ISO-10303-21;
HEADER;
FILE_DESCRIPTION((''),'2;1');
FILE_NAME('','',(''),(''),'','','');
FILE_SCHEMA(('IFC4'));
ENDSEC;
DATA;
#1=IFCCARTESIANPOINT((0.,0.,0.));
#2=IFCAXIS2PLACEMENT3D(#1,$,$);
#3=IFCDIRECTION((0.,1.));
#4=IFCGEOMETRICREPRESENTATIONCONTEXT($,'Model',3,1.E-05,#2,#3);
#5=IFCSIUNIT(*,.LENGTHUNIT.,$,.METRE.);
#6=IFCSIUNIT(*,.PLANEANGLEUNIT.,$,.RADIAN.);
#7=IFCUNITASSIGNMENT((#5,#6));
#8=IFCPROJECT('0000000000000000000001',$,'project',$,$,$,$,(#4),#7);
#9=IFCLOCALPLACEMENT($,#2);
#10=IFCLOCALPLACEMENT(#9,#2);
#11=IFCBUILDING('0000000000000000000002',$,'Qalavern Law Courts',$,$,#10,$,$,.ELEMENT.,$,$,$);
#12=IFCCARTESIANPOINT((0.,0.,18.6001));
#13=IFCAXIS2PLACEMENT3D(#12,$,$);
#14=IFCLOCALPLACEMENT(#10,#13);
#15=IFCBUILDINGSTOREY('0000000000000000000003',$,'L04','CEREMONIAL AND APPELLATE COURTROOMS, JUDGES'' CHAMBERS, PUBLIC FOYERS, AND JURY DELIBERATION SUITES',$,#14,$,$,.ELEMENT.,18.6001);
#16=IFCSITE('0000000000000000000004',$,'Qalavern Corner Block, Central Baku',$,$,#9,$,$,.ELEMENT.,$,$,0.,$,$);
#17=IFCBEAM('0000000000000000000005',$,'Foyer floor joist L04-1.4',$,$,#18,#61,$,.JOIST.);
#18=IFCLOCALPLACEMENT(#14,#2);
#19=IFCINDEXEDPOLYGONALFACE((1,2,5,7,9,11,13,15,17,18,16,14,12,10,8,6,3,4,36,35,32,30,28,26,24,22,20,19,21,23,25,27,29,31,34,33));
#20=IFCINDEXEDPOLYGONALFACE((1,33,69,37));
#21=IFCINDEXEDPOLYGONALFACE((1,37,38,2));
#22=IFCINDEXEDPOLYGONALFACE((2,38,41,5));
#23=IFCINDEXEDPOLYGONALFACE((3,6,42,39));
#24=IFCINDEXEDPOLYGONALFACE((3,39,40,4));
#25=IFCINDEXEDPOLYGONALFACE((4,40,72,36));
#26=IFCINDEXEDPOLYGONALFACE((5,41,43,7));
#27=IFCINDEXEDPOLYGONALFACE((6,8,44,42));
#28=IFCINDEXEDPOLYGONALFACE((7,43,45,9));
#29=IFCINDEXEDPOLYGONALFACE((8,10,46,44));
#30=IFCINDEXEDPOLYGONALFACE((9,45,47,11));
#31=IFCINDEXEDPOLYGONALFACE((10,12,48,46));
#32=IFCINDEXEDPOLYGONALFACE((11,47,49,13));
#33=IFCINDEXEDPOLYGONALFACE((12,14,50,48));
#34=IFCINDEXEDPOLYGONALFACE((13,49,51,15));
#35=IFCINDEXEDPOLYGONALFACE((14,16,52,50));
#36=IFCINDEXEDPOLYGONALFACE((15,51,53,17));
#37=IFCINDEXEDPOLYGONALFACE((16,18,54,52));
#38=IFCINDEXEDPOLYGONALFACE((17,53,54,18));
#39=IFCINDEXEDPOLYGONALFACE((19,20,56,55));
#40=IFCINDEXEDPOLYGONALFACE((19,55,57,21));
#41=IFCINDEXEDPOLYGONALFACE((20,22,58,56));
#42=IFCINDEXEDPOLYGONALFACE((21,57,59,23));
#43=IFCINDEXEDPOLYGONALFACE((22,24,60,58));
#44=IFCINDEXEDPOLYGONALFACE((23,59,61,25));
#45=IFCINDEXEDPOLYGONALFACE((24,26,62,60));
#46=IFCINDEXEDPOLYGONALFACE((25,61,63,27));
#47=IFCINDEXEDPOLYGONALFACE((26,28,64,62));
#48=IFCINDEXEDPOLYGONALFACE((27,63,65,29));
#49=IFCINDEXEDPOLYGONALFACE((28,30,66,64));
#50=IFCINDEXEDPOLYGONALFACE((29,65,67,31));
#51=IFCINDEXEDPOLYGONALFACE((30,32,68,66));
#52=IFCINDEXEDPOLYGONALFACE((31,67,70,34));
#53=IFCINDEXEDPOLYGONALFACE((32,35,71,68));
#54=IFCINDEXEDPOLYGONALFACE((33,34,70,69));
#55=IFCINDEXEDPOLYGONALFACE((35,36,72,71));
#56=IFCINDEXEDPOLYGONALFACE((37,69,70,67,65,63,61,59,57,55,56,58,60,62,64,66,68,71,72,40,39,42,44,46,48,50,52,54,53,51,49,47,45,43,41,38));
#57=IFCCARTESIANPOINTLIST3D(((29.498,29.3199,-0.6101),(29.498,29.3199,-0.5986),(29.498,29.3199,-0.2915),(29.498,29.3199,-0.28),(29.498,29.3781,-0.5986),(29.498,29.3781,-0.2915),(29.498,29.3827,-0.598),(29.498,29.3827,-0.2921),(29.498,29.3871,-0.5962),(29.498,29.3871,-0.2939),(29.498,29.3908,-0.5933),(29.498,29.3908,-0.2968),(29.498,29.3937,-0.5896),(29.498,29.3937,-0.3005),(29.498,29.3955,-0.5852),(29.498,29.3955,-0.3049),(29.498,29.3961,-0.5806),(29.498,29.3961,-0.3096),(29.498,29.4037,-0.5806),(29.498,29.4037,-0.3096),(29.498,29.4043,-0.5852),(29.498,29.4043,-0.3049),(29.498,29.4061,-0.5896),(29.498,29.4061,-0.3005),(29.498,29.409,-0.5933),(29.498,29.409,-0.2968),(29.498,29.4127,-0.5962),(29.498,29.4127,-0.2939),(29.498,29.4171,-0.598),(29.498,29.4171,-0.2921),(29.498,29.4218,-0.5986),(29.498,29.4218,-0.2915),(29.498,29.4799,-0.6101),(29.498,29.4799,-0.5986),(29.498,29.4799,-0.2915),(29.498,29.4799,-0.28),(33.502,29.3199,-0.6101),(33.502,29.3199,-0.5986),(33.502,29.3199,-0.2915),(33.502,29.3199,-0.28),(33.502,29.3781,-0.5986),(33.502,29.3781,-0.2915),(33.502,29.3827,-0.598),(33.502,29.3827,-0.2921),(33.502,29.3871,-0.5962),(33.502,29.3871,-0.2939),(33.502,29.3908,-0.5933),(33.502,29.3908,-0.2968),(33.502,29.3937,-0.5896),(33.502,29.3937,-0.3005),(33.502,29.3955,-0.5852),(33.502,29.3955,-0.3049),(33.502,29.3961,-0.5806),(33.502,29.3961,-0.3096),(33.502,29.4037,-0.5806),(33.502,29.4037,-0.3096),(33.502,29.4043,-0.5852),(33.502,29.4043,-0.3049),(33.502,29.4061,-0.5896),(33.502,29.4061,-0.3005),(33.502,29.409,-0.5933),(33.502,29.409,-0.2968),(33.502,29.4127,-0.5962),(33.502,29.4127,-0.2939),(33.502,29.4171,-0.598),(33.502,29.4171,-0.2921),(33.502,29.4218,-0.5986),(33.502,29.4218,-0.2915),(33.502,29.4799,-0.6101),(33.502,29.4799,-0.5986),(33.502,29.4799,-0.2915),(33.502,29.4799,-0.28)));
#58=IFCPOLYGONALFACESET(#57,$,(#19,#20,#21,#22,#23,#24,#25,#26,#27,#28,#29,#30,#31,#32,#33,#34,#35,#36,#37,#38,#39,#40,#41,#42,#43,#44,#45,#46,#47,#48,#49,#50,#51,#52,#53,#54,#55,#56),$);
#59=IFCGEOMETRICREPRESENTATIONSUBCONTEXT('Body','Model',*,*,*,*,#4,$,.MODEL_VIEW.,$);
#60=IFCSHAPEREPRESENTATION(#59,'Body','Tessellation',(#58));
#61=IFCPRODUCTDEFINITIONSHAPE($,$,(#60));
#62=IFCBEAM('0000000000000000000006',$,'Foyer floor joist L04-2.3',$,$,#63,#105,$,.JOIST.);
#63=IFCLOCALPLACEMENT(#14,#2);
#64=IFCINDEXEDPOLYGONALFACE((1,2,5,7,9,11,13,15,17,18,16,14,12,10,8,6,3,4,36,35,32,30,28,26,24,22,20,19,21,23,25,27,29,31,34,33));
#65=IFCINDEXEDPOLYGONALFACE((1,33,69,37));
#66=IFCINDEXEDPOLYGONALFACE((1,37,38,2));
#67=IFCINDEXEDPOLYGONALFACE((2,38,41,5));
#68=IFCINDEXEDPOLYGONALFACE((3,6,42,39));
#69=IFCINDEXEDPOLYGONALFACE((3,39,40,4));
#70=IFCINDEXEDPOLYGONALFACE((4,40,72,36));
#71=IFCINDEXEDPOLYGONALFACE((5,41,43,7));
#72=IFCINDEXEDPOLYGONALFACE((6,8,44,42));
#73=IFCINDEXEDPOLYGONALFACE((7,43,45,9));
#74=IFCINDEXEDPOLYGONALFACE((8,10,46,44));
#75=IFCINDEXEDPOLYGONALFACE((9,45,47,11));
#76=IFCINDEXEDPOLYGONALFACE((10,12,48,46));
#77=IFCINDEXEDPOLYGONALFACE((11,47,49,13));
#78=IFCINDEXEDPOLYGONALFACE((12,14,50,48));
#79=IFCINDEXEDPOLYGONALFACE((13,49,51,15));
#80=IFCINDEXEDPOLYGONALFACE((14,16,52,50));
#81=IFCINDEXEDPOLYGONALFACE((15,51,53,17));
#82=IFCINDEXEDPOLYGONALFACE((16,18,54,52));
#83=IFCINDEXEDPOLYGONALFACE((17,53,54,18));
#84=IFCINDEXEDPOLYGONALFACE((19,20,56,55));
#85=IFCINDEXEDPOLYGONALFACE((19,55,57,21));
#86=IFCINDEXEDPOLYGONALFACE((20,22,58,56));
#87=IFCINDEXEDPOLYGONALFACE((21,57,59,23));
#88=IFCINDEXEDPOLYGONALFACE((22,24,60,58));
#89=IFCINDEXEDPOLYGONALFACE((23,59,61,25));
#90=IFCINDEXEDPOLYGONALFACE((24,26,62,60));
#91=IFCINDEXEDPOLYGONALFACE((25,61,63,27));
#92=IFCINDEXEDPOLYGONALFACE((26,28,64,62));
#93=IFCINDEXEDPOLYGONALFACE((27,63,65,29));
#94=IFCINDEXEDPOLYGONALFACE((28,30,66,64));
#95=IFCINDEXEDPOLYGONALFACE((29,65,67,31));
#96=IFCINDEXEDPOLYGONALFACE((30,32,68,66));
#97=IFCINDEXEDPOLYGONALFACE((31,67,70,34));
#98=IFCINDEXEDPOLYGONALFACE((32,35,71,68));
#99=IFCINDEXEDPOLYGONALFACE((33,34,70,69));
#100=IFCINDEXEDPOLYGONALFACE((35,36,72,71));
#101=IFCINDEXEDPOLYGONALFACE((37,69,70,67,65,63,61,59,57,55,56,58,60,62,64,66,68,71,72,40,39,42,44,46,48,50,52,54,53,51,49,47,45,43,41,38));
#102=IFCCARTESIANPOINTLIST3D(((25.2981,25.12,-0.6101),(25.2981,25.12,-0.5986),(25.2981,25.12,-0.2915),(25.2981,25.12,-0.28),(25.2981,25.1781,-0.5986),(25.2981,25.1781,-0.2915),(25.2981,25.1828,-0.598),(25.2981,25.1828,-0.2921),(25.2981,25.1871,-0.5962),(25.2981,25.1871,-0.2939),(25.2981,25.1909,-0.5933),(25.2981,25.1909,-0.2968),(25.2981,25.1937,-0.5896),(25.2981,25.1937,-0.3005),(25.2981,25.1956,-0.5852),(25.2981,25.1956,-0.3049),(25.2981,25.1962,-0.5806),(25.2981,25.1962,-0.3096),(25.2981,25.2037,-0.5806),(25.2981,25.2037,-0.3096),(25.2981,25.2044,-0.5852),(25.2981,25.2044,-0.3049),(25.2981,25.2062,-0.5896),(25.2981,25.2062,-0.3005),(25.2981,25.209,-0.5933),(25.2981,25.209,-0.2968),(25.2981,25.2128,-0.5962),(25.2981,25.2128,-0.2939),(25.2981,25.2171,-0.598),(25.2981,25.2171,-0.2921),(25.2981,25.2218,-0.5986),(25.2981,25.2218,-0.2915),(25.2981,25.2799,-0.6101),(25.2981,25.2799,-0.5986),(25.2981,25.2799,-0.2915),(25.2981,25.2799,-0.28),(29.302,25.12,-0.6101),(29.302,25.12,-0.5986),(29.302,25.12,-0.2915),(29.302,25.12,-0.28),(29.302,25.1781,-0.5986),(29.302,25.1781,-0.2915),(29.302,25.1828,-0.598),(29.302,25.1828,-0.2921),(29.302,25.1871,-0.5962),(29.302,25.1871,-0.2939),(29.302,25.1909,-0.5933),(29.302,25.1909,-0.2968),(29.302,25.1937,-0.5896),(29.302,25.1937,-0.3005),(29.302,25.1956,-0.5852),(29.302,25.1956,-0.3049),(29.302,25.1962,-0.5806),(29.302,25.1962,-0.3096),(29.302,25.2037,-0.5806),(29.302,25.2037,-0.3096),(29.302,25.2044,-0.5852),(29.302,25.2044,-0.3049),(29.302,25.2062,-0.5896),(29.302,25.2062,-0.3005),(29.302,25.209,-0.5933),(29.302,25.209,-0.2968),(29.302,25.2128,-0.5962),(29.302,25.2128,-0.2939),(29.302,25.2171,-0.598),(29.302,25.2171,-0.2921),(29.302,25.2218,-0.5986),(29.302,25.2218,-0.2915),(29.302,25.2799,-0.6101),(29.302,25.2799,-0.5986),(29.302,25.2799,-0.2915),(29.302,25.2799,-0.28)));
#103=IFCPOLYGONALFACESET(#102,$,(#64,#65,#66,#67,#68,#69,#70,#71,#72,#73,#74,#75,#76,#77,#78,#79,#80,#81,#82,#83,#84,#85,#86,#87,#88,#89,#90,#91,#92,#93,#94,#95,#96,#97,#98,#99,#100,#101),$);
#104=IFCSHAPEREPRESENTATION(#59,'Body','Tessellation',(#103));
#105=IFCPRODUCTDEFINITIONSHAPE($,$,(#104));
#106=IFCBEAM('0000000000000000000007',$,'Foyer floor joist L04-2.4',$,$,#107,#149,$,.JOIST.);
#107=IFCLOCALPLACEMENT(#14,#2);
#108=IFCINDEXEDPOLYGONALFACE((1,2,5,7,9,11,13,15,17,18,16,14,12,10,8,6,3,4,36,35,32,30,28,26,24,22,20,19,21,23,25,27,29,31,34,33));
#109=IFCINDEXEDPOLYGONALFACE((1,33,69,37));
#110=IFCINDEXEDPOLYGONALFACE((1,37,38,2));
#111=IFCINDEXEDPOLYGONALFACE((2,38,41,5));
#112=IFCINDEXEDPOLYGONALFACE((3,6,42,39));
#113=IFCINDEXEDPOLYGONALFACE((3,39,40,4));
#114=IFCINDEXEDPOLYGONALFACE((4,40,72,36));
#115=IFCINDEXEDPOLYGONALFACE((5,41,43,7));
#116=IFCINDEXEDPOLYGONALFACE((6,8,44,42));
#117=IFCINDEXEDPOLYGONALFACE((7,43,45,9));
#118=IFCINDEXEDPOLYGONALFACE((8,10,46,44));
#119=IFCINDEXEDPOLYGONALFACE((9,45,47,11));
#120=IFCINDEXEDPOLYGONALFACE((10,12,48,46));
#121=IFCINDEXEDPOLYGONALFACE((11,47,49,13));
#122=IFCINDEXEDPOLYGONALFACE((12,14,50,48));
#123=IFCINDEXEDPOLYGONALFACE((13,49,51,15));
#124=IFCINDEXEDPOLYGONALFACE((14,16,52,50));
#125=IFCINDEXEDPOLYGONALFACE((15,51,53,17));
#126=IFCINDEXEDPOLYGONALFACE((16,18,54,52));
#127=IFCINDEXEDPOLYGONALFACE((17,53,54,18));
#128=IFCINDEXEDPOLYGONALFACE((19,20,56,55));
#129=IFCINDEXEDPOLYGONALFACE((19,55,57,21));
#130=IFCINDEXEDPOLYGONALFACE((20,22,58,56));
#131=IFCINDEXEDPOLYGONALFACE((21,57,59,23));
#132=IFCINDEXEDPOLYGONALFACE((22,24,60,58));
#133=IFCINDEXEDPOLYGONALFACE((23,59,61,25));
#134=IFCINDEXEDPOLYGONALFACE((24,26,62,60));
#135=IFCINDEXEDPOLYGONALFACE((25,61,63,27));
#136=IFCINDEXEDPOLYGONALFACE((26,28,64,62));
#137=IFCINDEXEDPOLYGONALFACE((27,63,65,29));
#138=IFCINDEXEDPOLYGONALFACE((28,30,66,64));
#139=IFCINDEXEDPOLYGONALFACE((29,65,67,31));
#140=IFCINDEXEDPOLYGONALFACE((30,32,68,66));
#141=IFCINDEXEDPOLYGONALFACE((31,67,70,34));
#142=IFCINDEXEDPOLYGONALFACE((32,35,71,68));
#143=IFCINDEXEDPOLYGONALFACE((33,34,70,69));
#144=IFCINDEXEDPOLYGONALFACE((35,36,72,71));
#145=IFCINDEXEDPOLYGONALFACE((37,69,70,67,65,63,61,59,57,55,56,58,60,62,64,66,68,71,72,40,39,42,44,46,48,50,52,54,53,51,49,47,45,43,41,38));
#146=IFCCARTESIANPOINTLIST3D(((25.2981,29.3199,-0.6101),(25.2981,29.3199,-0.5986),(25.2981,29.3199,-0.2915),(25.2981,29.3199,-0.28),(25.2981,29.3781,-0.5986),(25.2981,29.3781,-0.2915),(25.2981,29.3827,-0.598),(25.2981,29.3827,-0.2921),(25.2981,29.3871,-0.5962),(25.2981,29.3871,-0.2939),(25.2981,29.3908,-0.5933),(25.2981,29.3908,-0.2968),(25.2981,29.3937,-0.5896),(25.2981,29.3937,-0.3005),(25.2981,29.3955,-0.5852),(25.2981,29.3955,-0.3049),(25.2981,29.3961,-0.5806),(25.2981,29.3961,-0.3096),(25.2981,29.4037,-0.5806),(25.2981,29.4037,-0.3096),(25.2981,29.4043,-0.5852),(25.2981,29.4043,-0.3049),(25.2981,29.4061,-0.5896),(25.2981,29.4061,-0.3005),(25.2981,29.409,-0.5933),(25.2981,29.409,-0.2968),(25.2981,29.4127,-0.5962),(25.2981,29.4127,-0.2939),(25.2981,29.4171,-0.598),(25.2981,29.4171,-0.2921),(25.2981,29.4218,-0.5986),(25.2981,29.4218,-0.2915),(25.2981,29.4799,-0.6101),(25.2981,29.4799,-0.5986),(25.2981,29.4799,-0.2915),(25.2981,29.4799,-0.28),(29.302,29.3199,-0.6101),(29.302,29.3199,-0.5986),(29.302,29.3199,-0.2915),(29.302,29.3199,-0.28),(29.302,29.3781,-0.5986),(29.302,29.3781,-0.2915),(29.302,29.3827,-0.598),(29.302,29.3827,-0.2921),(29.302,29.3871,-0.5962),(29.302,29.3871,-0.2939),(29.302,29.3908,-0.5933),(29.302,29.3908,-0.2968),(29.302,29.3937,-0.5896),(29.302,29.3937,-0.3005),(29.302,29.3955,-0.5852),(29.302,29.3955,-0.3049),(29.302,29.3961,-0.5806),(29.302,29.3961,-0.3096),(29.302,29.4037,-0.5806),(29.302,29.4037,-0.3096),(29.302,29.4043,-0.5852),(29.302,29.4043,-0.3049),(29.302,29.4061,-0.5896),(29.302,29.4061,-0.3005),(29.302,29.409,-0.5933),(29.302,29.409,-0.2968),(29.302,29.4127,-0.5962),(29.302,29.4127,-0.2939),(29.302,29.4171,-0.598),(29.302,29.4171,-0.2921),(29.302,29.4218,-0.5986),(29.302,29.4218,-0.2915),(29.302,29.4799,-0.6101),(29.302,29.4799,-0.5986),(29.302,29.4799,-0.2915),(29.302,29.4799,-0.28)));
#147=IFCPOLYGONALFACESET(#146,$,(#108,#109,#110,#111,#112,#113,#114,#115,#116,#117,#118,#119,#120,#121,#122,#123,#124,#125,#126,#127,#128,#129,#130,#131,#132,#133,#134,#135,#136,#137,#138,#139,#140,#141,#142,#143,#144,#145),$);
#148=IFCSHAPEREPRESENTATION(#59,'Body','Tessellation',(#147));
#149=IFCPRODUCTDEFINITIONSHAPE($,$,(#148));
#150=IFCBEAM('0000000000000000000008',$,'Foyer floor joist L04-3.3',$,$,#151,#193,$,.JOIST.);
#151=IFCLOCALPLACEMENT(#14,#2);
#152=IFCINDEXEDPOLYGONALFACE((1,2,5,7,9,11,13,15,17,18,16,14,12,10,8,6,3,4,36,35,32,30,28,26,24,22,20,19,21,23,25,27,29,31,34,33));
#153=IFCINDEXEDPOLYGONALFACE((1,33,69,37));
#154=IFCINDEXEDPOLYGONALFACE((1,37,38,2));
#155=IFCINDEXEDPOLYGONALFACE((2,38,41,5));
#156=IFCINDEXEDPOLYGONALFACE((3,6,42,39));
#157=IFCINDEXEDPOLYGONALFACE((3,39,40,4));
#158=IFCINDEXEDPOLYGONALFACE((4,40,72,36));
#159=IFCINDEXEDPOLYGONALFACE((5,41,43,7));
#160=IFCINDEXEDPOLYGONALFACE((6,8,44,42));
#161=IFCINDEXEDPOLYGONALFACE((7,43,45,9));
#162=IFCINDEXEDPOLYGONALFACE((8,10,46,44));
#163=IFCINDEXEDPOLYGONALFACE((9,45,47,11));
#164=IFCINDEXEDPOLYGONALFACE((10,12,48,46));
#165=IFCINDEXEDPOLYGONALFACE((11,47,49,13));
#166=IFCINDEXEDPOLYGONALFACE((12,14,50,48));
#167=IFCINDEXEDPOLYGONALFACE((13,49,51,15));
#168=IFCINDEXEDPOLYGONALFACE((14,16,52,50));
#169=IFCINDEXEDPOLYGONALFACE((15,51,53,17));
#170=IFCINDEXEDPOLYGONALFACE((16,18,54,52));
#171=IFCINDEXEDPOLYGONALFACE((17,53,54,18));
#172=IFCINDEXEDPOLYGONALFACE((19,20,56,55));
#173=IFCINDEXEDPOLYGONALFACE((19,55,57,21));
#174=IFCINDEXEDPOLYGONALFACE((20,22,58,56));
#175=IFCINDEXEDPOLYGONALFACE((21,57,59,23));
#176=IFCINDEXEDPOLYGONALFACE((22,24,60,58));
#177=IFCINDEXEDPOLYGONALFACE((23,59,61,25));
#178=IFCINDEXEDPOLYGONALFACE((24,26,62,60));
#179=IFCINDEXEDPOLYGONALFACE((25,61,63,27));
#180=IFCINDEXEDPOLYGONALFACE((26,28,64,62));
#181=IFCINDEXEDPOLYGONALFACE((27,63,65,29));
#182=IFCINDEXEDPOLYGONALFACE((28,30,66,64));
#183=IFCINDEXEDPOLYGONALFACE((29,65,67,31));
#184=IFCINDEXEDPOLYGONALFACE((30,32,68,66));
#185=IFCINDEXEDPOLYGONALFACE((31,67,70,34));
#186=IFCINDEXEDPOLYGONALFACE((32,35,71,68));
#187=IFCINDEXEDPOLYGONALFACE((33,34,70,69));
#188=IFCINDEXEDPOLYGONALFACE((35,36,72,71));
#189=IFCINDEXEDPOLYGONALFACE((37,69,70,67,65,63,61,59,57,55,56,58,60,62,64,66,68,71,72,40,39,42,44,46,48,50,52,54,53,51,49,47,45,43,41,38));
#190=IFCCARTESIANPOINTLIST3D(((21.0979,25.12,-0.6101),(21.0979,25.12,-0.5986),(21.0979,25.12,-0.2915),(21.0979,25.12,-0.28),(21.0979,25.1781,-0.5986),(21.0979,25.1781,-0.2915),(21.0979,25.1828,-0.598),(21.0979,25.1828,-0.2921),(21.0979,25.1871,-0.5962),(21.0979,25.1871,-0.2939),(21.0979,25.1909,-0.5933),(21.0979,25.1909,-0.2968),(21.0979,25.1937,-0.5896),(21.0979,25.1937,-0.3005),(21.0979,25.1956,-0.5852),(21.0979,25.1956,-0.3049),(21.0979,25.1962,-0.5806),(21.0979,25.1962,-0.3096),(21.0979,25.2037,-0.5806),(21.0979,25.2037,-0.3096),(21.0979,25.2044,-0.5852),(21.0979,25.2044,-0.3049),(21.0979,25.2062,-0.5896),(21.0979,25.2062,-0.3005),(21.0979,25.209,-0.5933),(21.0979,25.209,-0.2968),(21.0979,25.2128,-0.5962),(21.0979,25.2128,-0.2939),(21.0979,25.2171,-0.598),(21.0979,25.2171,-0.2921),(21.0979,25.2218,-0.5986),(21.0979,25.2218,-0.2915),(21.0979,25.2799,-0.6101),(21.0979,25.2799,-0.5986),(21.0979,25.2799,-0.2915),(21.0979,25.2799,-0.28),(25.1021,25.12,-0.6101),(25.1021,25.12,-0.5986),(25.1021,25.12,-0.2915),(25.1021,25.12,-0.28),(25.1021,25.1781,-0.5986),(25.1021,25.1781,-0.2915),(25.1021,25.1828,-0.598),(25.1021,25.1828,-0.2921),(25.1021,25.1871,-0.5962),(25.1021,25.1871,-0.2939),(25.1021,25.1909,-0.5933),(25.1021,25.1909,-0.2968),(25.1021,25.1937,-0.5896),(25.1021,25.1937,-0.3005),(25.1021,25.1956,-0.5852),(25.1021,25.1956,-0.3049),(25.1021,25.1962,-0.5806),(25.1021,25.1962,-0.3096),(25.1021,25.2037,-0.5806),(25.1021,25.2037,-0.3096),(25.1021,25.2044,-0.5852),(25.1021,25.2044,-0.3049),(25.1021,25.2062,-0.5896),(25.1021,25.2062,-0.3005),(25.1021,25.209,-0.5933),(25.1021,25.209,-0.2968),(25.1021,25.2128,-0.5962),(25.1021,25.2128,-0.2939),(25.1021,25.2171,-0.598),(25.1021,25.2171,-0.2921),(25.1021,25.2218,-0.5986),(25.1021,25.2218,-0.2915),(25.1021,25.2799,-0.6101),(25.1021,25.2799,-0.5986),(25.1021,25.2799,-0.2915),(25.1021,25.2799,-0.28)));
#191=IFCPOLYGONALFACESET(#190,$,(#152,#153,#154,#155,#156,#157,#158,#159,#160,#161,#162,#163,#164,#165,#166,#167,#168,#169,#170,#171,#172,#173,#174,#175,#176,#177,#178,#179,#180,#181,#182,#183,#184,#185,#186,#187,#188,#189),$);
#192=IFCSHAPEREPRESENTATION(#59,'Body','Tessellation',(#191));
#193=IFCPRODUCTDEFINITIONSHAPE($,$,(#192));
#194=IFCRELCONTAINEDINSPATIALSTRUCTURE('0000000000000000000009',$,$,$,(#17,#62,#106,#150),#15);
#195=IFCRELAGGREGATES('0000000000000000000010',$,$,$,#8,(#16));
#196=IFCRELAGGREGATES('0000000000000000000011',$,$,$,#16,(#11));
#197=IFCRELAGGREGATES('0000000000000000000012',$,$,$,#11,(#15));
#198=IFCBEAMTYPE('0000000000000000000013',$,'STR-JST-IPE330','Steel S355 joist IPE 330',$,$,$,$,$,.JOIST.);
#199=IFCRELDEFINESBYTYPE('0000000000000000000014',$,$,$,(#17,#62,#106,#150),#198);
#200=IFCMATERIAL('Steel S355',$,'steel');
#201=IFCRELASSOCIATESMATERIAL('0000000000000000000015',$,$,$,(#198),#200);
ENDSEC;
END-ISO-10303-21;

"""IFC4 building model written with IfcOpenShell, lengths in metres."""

from ifc_helpers import new_model, si_unit, direction, frame, origin, origin_2d, place, context, subcontext, project, spatial, i_section, extrude, material, material_profile, profile_set, type_object, element, save


model = new_model("IFC4")

# Units and contexts
model_context = context("Model", 3, precision=1e-05, world=origin(), true_north=direction((0.0, 1.0)))
body_context = subcontext(model_context, "Body", "Model", "MODEL_VIEW")
ifc_project = project(units=[si_unit("LENGTHUNIT", "METRE"), si_unit("PLANEANGLEUNIT", "RADIAN")], contexts=[model_context])

# Site, building, storey
site_placement = place(None, origin())
site = spatial("IfcSite", under=ifc_project, at=site_placement, Name="Qalavern Corner Block, Central Baku", CompositionType="ELEMENT", RefElevation=0.0)
building_placement = place(site_placement, origin())
building = spatial("IfcBuilding", under=site, at=building_placement, Name="Qalavern Law Courts", CompositionType="ELEMENT")
storey_placement = place(building_placement, frame((0.0, 0.0, 18.6001)))
storey = spatial("IfcBuildingStorey", under=building, at=storey_placement, Name="L04", Description="CEREMONIAL AND APPELLATE COURTROOMS, JUDGES' CHAMBERS, PUBLIC FOYERS, AND JURY DELIBERATION SUITES", CompositionType="ELEMENT", Elevation=18.6001)

# Beams
ifc_material_1 = material(Name="Steel S355", Category="steel")
ifc_material_profile_1 = material_profile(ifc_material_1, i_section(OverallWidth=0.1599, OverallDepth=0.3301, WebThickness=0.0076, FlangeThickness=0.0115, FilletRadius=0.0181, at=origin_2d()), Name="IPE 330")
ifc_profile_set_1 = profile_set([ifc_material_profile_1], Name="Steel S355")
beam_type = type_object("IfcBeamType", Name="STR-JST-IPE330", Description="Steel S355 joist IPE 330", PredefinedType="JOIST", material=ifc_profile_set_1)
for number, where, z_axis, x_axis, name in (
    (1, (29.498, 29.3999, -0.4451), (1.0, 0.0, 0.0), (0.0, 1.0, 0.0), "Foyer floor joist L04-1.4"),
    (2, (25.2981, 25.2, -0.4451), (1.0, 0.0, 0.0), (0.0, 1.0, 0.0), "Foyer floor joist L04-2.3"),
    (3, (25.2981, 29.3999, -0.4451), (1.0, 0.0, 0.0), (0.0, 1.0, 0.0), "Foyer floor joist L04-2.4"),
):
    element("IfcBeam", number, at=place(storey_placement, frame(where, z_axis=z_axis, x_axis=x_axis)), inside=storey, type_object=beam_type, Name=name, PredefinedType="JOIST", context=body_context, shape_type="SweptSolid", body=[
        extrude(i_section(OverallWidth=0.1599, OverallDepth=0.3301, WebThickness=0.0076, FlangeThickness=0.0115, FilletRadius=0.0181, at=origin_2d()), origin(), (0.0, 0.0, 1.0), 4.0039),
    ])
for number, where, z_axis, x_axis, name in (
    (4, (21.0979, 25.2, -0.4451), (1.0, 0.0, 0.0), (0.0, 1.0, 0.0), "Foyer floor joist L04-3.3"),
):
    element("IfcBeam", number, at=place(storey_placement, frame(where, z_axis=z_axis, x_axis=x_axis)), inside=storey, type_object=beam_type, Name=name, PredefinedType="JOIST", context=body_context, shape_type="SweptSolid", body=[
        extrude(i_section(OverallWidth=0.1599, OverallDepth=0.3301, WebThickness=0.0076, FlangeThickness=0.0115, FilletRadius=0.0181, at=origin_2d()), origin(), (0.0, 0.0, 1.0), 4.0042),
    ])

save(model, "model.ifc")
